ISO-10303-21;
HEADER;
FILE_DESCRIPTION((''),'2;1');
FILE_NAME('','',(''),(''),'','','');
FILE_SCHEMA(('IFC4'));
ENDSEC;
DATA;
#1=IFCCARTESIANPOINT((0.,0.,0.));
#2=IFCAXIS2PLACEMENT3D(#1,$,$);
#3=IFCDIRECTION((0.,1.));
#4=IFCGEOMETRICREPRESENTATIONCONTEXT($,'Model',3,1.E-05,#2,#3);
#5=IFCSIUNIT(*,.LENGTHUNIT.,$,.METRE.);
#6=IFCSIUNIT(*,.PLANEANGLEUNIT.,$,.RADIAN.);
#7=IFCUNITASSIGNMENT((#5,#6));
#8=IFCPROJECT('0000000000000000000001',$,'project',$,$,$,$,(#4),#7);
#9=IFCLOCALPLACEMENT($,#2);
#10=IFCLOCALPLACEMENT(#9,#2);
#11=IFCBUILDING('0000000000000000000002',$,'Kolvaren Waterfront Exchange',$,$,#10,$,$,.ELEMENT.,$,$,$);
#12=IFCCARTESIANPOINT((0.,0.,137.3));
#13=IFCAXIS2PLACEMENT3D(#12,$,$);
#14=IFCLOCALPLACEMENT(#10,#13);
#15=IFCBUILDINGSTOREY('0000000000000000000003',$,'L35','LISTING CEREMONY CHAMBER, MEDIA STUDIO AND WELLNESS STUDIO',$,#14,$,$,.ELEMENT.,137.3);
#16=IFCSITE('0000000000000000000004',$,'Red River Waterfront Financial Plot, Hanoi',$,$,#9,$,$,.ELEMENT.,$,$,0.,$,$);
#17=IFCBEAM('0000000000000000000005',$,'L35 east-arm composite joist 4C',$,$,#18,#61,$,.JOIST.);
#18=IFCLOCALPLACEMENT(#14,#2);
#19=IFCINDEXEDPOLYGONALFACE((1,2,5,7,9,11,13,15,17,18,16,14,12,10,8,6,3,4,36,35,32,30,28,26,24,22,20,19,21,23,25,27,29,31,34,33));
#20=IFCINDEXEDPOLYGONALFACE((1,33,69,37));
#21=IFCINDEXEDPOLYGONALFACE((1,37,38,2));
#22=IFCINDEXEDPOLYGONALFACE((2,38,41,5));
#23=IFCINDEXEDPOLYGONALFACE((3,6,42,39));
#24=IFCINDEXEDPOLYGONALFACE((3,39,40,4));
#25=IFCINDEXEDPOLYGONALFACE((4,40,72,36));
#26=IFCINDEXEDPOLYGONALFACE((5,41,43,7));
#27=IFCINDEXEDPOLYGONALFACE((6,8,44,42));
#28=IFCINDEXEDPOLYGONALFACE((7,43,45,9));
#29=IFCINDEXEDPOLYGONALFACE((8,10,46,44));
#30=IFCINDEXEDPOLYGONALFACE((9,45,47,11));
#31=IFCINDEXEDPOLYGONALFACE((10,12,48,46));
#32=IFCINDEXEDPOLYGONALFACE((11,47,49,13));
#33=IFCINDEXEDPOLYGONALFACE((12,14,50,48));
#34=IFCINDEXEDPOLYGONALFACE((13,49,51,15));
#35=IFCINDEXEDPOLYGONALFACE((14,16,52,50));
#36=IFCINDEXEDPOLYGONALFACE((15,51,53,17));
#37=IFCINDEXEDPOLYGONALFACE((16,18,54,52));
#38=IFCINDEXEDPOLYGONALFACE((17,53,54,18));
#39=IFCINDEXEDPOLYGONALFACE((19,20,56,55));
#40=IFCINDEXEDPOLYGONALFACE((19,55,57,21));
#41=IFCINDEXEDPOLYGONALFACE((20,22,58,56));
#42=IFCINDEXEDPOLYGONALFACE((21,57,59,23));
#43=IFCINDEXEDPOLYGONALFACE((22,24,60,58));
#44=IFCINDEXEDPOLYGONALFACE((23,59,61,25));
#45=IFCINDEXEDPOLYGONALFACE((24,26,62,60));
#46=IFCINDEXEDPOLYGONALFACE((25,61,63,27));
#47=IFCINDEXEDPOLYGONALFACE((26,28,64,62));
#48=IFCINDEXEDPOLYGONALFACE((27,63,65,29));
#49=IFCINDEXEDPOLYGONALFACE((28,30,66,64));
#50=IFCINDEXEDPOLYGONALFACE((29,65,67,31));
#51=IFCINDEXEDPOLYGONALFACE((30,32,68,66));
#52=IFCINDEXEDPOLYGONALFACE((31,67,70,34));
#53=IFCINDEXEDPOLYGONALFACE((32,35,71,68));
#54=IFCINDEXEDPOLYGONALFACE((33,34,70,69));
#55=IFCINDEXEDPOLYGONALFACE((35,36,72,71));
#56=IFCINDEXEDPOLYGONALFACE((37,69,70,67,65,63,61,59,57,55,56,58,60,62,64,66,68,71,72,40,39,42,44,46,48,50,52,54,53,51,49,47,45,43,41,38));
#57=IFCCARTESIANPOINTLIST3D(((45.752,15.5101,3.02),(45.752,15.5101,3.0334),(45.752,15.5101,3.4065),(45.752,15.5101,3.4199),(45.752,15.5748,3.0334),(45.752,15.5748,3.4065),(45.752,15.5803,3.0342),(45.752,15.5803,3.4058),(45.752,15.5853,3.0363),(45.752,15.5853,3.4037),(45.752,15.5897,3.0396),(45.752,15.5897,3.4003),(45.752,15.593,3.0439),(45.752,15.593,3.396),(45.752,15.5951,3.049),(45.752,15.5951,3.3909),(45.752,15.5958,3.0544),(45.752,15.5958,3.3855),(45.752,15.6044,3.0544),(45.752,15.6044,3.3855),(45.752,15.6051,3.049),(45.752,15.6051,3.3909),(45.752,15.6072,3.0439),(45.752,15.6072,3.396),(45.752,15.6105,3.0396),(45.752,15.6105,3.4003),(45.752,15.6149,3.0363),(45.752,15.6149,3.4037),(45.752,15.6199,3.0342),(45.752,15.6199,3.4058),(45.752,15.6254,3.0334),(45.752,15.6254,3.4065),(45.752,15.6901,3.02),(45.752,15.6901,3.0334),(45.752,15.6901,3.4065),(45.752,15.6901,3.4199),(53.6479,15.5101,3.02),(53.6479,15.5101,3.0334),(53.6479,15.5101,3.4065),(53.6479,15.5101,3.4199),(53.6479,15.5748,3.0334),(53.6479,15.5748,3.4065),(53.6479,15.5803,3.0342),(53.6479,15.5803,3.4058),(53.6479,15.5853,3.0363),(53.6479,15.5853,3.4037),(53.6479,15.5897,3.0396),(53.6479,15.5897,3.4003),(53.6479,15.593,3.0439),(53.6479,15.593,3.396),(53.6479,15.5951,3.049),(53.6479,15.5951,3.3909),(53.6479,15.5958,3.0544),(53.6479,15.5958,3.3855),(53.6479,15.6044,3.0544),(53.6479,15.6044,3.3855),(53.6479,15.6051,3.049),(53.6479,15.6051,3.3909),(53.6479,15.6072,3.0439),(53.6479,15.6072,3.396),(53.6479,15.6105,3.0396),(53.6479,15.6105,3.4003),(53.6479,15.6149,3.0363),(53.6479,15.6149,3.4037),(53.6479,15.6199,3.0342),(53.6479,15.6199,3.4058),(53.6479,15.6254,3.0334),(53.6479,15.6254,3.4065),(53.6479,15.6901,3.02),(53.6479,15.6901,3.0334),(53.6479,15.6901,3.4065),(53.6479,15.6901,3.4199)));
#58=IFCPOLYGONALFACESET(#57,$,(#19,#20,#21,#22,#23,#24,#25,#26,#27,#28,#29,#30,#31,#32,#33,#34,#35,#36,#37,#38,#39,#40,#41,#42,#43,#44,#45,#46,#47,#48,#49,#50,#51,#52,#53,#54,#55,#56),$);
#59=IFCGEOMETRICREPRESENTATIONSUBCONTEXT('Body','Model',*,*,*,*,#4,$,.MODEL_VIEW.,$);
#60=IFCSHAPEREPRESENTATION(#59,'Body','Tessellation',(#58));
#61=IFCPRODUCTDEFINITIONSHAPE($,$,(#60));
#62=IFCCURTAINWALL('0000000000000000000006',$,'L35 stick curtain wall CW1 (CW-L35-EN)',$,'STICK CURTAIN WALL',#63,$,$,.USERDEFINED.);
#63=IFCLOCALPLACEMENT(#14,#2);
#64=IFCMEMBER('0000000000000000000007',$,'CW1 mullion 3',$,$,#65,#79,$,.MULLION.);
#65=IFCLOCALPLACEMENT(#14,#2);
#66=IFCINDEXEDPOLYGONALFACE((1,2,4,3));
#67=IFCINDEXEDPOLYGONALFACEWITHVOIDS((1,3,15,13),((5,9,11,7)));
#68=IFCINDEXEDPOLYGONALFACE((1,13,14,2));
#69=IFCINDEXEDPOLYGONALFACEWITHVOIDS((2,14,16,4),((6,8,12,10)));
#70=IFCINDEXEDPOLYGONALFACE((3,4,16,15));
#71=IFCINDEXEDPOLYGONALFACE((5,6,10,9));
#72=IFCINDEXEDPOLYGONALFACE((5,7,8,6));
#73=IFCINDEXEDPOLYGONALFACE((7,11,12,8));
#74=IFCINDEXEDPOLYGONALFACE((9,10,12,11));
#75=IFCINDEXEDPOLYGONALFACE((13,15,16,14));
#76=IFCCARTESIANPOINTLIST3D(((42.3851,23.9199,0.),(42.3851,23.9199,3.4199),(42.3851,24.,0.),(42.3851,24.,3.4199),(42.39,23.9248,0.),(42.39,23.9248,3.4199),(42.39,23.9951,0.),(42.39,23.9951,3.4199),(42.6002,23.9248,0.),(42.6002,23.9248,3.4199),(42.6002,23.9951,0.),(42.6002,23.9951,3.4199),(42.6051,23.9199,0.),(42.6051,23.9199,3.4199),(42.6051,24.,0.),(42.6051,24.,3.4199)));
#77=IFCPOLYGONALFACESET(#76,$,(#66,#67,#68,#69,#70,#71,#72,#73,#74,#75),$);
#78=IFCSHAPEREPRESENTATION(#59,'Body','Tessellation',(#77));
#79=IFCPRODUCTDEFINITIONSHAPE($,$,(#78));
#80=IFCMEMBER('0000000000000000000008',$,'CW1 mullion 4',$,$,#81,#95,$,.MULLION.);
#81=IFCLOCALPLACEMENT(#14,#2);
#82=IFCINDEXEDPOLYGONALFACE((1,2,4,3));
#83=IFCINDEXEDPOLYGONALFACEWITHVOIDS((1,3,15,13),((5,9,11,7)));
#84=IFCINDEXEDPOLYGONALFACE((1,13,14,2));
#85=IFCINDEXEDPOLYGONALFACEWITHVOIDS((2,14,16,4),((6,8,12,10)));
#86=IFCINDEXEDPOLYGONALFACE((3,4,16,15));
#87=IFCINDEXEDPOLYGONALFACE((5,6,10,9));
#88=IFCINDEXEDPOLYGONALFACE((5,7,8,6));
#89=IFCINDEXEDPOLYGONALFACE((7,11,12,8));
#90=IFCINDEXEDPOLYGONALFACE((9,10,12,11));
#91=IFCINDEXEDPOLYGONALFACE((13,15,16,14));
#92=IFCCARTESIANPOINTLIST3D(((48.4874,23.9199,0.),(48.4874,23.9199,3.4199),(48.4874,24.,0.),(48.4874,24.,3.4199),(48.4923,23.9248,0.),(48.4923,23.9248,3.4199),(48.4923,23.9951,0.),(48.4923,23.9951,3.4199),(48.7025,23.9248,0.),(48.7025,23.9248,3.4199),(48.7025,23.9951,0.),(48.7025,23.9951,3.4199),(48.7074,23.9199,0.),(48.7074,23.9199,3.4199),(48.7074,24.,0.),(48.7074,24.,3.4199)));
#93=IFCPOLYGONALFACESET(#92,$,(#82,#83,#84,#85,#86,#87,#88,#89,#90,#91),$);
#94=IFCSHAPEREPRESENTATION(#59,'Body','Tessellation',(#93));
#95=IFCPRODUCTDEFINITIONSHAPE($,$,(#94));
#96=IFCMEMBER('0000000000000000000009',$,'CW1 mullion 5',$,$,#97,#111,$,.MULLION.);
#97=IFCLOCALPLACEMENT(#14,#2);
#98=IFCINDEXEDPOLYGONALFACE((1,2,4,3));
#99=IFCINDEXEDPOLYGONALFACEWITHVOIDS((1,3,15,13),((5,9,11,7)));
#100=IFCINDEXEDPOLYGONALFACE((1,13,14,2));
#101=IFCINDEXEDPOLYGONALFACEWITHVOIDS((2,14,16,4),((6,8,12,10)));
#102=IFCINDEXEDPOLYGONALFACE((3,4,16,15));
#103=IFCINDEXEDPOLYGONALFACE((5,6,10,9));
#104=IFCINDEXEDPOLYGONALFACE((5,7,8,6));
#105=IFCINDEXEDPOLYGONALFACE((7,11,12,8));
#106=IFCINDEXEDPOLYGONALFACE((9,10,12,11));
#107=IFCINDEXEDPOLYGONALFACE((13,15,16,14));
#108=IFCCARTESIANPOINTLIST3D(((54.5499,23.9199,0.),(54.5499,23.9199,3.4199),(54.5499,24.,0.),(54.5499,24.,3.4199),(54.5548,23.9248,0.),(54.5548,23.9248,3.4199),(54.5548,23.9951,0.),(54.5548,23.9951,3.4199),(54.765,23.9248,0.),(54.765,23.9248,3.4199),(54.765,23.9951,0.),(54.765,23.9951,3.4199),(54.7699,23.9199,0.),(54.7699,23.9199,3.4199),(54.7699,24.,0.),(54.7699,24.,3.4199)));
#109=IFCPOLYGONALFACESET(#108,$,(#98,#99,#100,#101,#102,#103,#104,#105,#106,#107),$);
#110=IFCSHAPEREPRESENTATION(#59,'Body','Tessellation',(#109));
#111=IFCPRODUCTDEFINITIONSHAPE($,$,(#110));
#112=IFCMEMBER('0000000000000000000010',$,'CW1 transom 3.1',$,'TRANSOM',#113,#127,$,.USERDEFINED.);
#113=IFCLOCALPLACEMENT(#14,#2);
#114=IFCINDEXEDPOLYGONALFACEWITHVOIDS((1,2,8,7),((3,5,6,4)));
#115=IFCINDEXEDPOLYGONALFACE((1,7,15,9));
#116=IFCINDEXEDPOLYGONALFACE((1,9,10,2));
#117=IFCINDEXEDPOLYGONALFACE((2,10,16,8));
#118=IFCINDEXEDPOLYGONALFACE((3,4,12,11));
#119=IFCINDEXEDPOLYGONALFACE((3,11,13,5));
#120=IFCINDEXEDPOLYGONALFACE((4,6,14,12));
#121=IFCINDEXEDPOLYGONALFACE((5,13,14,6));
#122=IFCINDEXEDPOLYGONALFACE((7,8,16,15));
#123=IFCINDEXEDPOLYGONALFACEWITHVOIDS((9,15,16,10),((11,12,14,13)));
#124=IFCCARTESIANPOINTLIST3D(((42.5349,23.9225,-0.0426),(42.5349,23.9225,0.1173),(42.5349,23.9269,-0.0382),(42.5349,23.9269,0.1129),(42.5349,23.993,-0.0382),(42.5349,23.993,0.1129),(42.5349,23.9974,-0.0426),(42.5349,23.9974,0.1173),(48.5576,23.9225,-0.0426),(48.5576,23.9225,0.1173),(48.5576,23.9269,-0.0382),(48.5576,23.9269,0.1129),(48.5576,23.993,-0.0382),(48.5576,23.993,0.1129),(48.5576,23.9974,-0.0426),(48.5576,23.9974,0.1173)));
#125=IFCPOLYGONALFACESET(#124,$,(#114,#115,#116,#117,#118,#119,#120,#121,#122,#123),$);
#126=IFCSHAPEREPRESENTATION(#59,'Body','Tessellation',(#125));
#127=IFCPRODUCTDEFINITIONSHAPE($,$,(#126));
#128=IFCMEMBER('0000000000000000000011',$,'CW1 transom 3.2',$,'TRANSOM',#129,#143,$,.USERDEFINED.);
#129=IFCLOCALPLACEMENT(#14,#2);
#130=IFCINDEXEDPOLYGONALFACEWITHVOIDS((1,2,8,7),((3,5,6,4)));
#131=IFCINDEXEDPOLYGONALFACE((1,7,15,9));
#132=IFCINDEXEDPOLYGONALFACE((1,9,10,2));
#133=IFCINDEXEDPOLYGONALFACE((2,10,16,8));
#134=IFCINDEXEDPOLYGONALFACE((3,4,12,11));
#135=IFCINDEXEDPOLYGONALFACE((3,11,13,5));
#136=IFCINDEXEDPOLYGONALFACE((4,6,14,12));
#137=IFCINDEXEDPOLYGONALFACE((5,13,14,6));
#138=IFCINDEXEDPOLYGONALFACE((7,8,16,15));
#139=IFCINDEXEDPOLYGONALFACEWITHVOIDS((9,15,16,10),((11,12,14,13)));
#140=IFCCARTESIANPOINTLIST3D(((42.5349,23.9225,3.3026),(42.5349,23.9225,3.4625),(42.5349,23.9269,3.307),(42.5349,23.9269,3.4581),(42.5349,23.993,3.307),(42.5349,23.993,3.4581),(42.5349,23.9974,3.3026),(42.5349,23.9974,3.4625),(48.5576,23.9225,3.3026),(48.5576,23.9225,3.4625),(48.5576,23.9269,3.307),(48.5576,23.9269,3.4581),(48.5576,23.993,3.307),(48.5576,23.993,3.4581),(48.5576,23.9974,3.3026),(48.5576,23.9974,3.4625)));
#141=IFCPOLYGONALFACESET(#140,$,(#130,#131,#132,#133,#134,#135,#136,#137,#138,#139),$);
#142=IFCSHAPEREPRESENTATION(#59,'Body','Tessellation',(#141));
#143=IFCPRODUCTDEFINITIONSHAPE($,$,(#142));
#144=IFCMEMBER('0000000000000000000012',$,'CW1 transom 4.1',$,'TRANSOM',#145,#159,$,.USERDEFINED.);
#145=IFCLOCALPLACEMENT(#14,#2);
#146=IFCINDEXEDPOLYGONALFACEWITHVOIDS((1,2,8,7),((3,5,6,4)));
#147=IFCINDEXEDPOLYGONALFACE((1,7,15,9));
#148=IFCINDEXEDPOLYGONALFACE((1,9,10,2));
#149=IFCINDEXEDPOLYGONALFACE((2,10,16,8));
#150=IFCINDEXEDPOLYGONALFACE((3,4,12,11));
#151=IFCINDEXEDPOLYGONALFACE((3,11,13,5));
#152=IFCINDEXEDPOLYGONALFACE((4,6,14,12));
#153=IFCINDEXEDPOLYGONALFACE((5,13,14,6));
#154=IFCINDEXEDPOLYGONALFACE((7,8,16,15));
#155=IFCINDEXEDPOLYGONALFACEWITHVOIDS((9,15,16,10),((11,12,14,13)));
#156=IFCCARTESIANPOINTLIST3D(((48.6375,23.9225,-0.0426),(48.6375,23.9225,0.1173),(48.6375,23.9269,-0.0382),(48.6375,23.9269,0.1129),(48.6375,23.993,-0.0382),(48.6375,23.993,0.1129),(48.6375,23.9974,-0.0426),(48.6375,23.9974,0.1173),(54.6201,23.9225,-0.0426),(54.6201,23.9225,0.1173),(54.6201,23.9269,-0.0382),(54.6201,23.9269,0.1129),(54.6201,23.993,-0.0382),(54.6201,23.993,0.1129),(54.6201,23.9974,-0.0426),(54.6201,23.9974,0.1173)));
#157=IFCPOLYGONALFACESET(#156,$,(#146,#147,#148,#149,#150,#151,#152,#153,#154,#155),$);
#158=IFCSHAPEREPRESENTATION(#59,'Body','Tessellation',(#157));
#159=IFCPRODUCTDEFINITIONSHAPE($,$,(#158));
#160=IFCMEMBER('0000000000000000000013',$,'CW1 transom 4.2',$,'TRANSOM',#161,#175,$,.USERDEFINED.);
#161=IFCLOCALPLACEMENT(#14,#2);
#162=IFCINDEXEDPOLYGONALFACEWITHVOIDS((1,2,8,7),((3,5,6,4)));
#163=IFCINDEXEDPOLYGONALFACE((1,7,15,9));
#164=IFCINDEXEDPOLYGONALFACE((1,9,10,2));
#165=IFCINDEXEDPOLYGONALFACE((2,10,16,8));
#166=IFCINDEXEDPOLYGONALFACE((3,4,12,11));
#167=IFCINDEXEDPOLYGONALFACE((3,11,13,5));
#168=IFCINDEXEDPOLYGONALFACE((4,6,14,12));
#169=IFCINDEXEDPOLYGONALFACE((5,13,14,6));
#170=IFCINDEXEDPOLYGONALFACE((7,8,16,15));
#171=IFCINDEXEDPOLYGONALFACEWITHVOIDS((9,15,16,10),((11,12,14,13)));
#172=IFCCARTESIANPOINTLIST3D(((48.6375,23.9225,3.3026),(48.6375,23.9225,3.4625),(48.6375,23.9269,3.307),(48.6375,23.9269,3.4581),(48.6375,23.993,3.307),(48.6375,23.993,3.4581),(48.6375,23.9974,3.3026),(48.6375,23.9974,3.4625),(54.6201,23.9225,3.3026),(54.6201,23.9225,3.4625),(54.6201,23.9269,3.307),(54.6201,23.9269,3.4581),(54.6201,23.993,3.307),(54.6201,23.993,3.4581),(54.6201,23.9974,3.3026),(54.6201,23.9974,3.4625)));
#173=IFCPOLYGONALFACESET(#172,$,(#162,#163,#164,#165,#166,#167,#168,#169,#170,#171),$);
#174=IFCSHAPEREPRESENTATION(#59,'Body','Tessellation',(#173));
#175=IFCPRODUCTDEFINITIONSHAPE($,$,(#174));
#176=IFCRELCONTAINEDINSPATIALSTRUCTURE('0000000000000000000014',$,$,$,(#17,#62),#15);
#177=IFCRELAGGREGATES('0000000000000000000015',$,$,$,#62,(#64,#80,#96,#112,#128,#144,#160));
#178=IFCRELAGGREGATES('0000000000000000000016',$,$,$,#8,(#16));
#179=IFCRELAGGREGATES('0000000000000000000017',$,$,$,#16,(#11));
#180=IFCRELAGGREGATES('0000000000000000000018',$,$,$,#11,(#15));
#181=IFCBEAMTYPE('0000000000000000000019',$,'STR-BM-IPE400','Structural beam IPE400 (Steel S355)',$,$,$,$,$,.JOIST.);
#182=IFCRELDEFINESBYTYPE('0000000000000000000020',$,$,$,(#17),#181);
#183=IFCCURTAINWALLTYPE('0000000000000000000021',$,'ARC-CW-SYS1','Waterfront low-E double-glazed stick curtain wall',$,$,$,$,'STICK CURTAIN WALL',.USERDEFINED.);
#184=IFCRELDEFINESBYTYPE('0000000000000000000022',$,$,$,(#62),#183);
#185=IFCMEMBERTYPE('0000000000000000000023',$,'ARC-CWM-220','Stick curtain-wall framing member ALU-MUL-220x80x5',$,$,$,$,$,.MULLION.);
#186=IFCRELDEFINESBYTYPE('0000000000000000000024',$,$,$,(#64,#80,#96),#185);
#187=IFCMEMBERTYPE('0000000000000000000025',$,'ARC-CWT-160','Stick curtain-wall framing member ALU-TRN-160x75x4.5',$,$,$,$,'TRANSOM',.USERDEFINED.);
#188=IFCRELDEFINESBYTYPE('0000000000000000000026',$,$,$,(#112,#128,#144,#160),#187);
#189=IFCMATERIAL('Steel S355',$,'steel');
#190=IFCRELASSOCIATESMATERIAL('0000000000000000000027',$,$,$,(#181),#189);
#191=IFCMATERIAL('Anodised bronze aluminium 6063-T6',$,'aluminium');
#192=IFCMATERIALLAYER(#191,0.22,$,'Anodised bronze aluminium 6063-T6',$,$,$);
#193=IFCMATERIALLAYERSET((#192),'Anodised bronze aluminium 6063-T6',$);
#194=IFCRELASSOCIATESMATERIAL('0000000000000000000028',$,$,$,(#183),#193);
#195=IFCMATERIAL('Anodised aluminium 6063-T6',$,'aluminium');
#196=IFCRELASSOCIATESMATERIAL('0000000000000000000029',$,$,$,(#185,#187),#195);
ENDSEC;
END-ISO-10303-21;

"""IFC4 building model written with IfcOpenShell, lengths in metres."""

from ifc_helpers import new_model, si_unit, direction, frame, origin, origin_with_axes, origin_2d, place, context, subcontext, project, spatial, hollow_rectangle, i_section, extrude, source, transform, mapped, material, layer, layer_set, material_profile, profile_set, type_object, element, aggregate, save


model = new_model("IFC4")

# Units and contexts
model_context = context("Model", 3, precision=1e-05, world=origin(), true_north=direction((0.0, 1.0)))
body_context = subcontext(model_context, "Body", "Model", "MODEL_VIEW")
ifc_project = project(units=[si_unit("LENGTHUNIT", "METRE"), si_unit("PLANEANGLEUNIT", "RADIAN")], contexts=[model_context])

# Site, building, storey
site_placement = place(None, origin())
site = spatial("IfcSite", under=ifc_project, at=site_placement, Name="Red River Waterfront Financial Plot, Hanoi", CompositionType="ELEMENT", RefElevation=0.0)
building_placement = place(site_placement, origin())
building = spatial("IfcBuilding", under=site, at=building_placement, Name="Kolvaren Waterfront Exchange", CompositionType="ELEMENT")
storey_placement = place(building_placement, frame((0.0, 0.0, 137.3)))
storey = spatial("IfcBuildingStorey", under=building, at=storey_placement, Name="L35", Description="LISTING CEREMONY CHAMBER, MEDIA STUDIO AND WELLNESS STUDIO", CompositionType="ELEMENT", Elevation=137.3)

# Beam
ifc_material_1 = material(Name="Steel S355", Category="steel")
ifc_material_profile_1 = material_profile(ifc_material_1, i_section(OverallWidth=0.1799, OverallDepth=0.3999, WebThickness=0.0085, FlangeThickness=0.0134, FilletRadius=0.021, at=origin_2d()), Name="IPE400")
ifc_profile_set_1 = profile_set([ifc_material_profile_1], Name="Steel S355")
beam_type_1 = type_object("IfcBeamType", Name="STR-BM-IPE400", Description="Structural beam IPE400 (Steel S355)", PredefinedType="JOIST", material=ifc_profile_set_1)
for number, where, z_axis, x_axis, name in (
    (1, (45.752, 15.6001, 3.22), (1.0, 0.0, 0.0), (0.0, 1.0, 0.0), "L35 east-arm composite joist 4C"),
):
    element("IfcBeam", number, at=place(storey_placement, frame(where, z_axis=z_axis, x_axis=x_axis)), inside=storey, type_object=beam_type_1, Name=name, PredefinedType="JOIST", context=body_context, shape_type="SweptSolid", body=[
        extrude(i_section(OverallWidth=0.1799, OverallDepth=0.3999, WebThickness=0.0085, FlangeThickness=0.0134, FilletRadius=0.021, at=origin_2d()), origin(), (0.0, 0.0, 1.0), 7.896),
    ])

# Curtain wall, members
ifc_material_2 = material(Name="Anodised bronze aluminium 6063-T6", Category="aluminium")
ifc_layer_1 = layer(ifc_material_2, 0.22, Name="Anodised bronze aluminium 6063-T6")
ifc_layer_set_1 = layer_set([ifc_layer_1], Name="Anodised bronze aluminium 6063-T6")
curtain_wall_type = type_object("IfcCurtainWallType", Name="ARC-CW-SYS1", Description="Waterfront low-E double-glazed stick curtain wall", ElementType="STICK CURTAIN WALL", PredefinedType="USERDEFINED", material=ifc_layer_set_1)
curtain_wall_placement = place(storey_placement, origin())
curtain_wall = element("IfcCurtainWall", 2, at=curtain_wall_placement, inside=storey, type_object=curtain_wall_type, Name="L35 stick curtain wall CW1 (CW-L35-EN)", ObjectType="STICK CURTAIN WALL", PredefinedType="USERDEFINED")
ifc_material_3 = material(Name="Anodised aluminium 6063-T6", Category="aluminium")
ifc_material_profile_2 = material_profile(ifc_material_3, hollow_rectangle(XDim=0.0801, YDim=0.22, WallThickness=0.0049, at=origin_2d()), Name="ALU-MUL-220x80x5")
ifc_profile_set_2 = profile_set([ifc_material_profile_2], Name="Anodised aluminium 6063-T6")
member_type_1 = type_object("IfcMemberType", Name="ARC-CWM-220", Description="Stick curtain-wall framing member ALU-MUL-220x80x5", PredefinedType="MULLION", material=ifc_profile_set_2)
shared_shape_1 = source(origin_with_axes(), body_context, "Body", "SweptSolid", [
    extrude(hollow_rectangle(XDim=0.0801, YDim=0.22, WallThickness=0.0049, at=origin_2d()), origin(), (0.0, 0.0, 1.0), 3.4199),
])
member_1_placement = place(storey_placement, frame((42.4951, 23.96, 0.0), z_axis=(0.0, 0.0, 1.0), x_axis=(0.0, 1.0, 0.0)))
member_1 = element("IfcMember", 3, at=member_1_placement, type_object=member_type_1, Name="CW1 mullion 3", PredefinedType="MULLION", context=body_context, shape_type="MappedRepresentation", body=[
    mapped(shared_shape_1, transform((0.0, 0.0, 0.0), x_axis=(1.0, 0.0, 0.0), y_axis=(0.0, 1.0, 0.0), z_axis=(0.0, 0.0, 1.0), scale=1.0)),
])
member_2_placement = place(storey_placement, frame((48.5974, 23.96, 0.0), z_axis=(0.0, 0.0, 1.0), x_axis=(0.0, 1.0, 0.0)))
member_2 = element("IfcMember", 4, at=member_2_placement, type_object=member_type_1, Name="CW1 mullion 4", PredefinedType="MULLION", context=body_context, shape_type="MappedRepresentation", body=[
    mapped(shared_shape_1, transform((0.0, 0.0, 0.0), x_axis=(1.0, 0.0, 0.0), y_axis=(0.0, 1.0, 0.0), z_axis=(0.0, 0.0, 1.0), scale=1.0)),
])
member_3_placement = place(storey_placement, frame((54.6599, 23.96, 0.0), z_axis=(0.0, 0.0, 1.0), x_axis=(0.0, 1.0, 0.0)))
member_3 = element("IfcMember", 5, at=member_3_placement, type_object=member_type_1, Name="CW1 mullion 5", PredefinedType="MULLION", context=body_context, shape_type="MappedRepresentation", body=[
    mapped(shared_shape_1, transform((0.0, 0.0, 0.0), x_axis=(1.0, 0.0, 0.0), y_axis=(0.0, 1.0, 0.0), z_axis=(0.0, 0.0, 1.0), scale=1.0)),
])
ifc_material_profile_3 = material_profile(ifc_material_3, hollow_rectangle(XDim=0.075, YDim=0.1599, WallThickness=0.0044, at=origin_2d()), Name="ALU-TRN-160x75x4.5")
ifc_profile_set_3 = profile_set([ifc_material_profile_3], Name="Anodised aluminium 6063-T6")
member_type_2 = type_object("IfcMemberType", Name="ARC-CWT-160", Description="Stick curtain-wall framing member ALU-TRN-160x75x4.5", ElementType="TRANSOM", PredefinedType="USERDEFINED", material=ifc_profile_set_3)
shared_shape_2 = source(origin_with_axes(), body_context, "Body", "SweptSolid", [
    extrude(hollow_rectangle(XDim=0.075, YDim=0.1599, WallThickness=0.0044, at=origin_2d()), origin(), (0.0, 0.0, 1.0), 6.0227),
])
member_4_placement = place(storey_placement, frame((42.5349, 23.96, 0.0374), z_axis=(1.0, 0.0, 0.0), x_axis=(0.0, 1.0, 0.0)))
member_4 = element("IfcMember", 6, at=member_4_placement, type_object=member_type_2, Name="CW1 transom 3.1", ObjectType="TRANSOM", PredefinedType="USERDEFINED", context=body_context, shape_type="MappedRepresentation", body=[
    mapped(shared_shape_2, transform((0.0, 0.0, 0.0), x_axis=(1.0, 0.0, 0.0), y_axis=(0.0, 1.0, 0.0), z_axis=(0.0, 0.0, 1.0), scale=1.0)),
])
member_5_placement = place(storey_placement, frame((42.5349, 23.96, 3.3826), z_axis=(1.0, 0.0, 0.0), x_axis=(0.0, 1.0, 0.0)))
member_5 = element("IfcMember", 7, at=member_5_placement, type_object=member_type_2, Name="CW1 transom 3.2", ObjectType="TRANSOM", PredefinedType="USERDEFINED", context=body_context, shape_type="MappedRepresentation", body=[
    mapped(shared_shape_2, transform((0.0, 0.0, 0.0), x_axis=(1.0, 0.0, 0.0), y_axis=(0.0, 1.0, 0.0), z_axis=(0.0, 0.0, 1.0), scale=1.0)),
])
shared_shape_3 = source(origin_with_axes(), body_context, "Body", "SweptSolid", [
    extrude(hollow_rectangle(XDim=0.075, YDim=0.1599, WallThickness=0.0044, at=origin_2d()), origin(), (0.0, 0.0, 1.0), 5.9827),
])
member_6_placement = place(storey_placement, frame((48.6375, 23.96, 0.0374), z_axis=(1.0, 0.0, 0.0), x_axis=(0.0, 1.0, 0.0)))
member_6 = element("IfcMember", 8, at=member_6_placement, type_object=member_type_2, Name="CW1 transom 4.1", ObjectType="TRANSOM", PredefinedType="USERDEFINED", context=body_context, shape_type="MappedRepresentation", body=[
    mapped(shared_shape_3, transform((0.0, 0.0, 0.0), x_axis=(1.0, 0.0, 0.0), y_axis=(0.0, 1.0, 0.0), z_axis=(0.0, 0.0, 1.0), scale=1.0)),
])
member_7_placement = place(storey_placement, frame((48.6375, 23.96, 3.3826), z_axis=(1.0, 0.0, 0.0), x_axis=(0.0, 1.0, 0.0)))
member_7 = element("IfcMember", 9, at=member_7_placement, type_object=member_type_2, Name="CW1 transom 4.2", ObjectType="TRANSOM", PredefinedType="USERDEFINED", context=body_context, shape_type="MappedRepresentation", body=[
    mapped(shared_shape_3, transform((0.0, 0.0, 0.0), x_axis=(1.0, 0.0, 0.0), y_axis=(0.0, 1.0, 0.0), z_axis=(0.0, 0.0, 1.0), scale=1.0)),
])
aggregate(curtain_wall, [member_1, member_2, member_3, member_4, member_5, member_6, member_7])

save(model, "model.ifc")
